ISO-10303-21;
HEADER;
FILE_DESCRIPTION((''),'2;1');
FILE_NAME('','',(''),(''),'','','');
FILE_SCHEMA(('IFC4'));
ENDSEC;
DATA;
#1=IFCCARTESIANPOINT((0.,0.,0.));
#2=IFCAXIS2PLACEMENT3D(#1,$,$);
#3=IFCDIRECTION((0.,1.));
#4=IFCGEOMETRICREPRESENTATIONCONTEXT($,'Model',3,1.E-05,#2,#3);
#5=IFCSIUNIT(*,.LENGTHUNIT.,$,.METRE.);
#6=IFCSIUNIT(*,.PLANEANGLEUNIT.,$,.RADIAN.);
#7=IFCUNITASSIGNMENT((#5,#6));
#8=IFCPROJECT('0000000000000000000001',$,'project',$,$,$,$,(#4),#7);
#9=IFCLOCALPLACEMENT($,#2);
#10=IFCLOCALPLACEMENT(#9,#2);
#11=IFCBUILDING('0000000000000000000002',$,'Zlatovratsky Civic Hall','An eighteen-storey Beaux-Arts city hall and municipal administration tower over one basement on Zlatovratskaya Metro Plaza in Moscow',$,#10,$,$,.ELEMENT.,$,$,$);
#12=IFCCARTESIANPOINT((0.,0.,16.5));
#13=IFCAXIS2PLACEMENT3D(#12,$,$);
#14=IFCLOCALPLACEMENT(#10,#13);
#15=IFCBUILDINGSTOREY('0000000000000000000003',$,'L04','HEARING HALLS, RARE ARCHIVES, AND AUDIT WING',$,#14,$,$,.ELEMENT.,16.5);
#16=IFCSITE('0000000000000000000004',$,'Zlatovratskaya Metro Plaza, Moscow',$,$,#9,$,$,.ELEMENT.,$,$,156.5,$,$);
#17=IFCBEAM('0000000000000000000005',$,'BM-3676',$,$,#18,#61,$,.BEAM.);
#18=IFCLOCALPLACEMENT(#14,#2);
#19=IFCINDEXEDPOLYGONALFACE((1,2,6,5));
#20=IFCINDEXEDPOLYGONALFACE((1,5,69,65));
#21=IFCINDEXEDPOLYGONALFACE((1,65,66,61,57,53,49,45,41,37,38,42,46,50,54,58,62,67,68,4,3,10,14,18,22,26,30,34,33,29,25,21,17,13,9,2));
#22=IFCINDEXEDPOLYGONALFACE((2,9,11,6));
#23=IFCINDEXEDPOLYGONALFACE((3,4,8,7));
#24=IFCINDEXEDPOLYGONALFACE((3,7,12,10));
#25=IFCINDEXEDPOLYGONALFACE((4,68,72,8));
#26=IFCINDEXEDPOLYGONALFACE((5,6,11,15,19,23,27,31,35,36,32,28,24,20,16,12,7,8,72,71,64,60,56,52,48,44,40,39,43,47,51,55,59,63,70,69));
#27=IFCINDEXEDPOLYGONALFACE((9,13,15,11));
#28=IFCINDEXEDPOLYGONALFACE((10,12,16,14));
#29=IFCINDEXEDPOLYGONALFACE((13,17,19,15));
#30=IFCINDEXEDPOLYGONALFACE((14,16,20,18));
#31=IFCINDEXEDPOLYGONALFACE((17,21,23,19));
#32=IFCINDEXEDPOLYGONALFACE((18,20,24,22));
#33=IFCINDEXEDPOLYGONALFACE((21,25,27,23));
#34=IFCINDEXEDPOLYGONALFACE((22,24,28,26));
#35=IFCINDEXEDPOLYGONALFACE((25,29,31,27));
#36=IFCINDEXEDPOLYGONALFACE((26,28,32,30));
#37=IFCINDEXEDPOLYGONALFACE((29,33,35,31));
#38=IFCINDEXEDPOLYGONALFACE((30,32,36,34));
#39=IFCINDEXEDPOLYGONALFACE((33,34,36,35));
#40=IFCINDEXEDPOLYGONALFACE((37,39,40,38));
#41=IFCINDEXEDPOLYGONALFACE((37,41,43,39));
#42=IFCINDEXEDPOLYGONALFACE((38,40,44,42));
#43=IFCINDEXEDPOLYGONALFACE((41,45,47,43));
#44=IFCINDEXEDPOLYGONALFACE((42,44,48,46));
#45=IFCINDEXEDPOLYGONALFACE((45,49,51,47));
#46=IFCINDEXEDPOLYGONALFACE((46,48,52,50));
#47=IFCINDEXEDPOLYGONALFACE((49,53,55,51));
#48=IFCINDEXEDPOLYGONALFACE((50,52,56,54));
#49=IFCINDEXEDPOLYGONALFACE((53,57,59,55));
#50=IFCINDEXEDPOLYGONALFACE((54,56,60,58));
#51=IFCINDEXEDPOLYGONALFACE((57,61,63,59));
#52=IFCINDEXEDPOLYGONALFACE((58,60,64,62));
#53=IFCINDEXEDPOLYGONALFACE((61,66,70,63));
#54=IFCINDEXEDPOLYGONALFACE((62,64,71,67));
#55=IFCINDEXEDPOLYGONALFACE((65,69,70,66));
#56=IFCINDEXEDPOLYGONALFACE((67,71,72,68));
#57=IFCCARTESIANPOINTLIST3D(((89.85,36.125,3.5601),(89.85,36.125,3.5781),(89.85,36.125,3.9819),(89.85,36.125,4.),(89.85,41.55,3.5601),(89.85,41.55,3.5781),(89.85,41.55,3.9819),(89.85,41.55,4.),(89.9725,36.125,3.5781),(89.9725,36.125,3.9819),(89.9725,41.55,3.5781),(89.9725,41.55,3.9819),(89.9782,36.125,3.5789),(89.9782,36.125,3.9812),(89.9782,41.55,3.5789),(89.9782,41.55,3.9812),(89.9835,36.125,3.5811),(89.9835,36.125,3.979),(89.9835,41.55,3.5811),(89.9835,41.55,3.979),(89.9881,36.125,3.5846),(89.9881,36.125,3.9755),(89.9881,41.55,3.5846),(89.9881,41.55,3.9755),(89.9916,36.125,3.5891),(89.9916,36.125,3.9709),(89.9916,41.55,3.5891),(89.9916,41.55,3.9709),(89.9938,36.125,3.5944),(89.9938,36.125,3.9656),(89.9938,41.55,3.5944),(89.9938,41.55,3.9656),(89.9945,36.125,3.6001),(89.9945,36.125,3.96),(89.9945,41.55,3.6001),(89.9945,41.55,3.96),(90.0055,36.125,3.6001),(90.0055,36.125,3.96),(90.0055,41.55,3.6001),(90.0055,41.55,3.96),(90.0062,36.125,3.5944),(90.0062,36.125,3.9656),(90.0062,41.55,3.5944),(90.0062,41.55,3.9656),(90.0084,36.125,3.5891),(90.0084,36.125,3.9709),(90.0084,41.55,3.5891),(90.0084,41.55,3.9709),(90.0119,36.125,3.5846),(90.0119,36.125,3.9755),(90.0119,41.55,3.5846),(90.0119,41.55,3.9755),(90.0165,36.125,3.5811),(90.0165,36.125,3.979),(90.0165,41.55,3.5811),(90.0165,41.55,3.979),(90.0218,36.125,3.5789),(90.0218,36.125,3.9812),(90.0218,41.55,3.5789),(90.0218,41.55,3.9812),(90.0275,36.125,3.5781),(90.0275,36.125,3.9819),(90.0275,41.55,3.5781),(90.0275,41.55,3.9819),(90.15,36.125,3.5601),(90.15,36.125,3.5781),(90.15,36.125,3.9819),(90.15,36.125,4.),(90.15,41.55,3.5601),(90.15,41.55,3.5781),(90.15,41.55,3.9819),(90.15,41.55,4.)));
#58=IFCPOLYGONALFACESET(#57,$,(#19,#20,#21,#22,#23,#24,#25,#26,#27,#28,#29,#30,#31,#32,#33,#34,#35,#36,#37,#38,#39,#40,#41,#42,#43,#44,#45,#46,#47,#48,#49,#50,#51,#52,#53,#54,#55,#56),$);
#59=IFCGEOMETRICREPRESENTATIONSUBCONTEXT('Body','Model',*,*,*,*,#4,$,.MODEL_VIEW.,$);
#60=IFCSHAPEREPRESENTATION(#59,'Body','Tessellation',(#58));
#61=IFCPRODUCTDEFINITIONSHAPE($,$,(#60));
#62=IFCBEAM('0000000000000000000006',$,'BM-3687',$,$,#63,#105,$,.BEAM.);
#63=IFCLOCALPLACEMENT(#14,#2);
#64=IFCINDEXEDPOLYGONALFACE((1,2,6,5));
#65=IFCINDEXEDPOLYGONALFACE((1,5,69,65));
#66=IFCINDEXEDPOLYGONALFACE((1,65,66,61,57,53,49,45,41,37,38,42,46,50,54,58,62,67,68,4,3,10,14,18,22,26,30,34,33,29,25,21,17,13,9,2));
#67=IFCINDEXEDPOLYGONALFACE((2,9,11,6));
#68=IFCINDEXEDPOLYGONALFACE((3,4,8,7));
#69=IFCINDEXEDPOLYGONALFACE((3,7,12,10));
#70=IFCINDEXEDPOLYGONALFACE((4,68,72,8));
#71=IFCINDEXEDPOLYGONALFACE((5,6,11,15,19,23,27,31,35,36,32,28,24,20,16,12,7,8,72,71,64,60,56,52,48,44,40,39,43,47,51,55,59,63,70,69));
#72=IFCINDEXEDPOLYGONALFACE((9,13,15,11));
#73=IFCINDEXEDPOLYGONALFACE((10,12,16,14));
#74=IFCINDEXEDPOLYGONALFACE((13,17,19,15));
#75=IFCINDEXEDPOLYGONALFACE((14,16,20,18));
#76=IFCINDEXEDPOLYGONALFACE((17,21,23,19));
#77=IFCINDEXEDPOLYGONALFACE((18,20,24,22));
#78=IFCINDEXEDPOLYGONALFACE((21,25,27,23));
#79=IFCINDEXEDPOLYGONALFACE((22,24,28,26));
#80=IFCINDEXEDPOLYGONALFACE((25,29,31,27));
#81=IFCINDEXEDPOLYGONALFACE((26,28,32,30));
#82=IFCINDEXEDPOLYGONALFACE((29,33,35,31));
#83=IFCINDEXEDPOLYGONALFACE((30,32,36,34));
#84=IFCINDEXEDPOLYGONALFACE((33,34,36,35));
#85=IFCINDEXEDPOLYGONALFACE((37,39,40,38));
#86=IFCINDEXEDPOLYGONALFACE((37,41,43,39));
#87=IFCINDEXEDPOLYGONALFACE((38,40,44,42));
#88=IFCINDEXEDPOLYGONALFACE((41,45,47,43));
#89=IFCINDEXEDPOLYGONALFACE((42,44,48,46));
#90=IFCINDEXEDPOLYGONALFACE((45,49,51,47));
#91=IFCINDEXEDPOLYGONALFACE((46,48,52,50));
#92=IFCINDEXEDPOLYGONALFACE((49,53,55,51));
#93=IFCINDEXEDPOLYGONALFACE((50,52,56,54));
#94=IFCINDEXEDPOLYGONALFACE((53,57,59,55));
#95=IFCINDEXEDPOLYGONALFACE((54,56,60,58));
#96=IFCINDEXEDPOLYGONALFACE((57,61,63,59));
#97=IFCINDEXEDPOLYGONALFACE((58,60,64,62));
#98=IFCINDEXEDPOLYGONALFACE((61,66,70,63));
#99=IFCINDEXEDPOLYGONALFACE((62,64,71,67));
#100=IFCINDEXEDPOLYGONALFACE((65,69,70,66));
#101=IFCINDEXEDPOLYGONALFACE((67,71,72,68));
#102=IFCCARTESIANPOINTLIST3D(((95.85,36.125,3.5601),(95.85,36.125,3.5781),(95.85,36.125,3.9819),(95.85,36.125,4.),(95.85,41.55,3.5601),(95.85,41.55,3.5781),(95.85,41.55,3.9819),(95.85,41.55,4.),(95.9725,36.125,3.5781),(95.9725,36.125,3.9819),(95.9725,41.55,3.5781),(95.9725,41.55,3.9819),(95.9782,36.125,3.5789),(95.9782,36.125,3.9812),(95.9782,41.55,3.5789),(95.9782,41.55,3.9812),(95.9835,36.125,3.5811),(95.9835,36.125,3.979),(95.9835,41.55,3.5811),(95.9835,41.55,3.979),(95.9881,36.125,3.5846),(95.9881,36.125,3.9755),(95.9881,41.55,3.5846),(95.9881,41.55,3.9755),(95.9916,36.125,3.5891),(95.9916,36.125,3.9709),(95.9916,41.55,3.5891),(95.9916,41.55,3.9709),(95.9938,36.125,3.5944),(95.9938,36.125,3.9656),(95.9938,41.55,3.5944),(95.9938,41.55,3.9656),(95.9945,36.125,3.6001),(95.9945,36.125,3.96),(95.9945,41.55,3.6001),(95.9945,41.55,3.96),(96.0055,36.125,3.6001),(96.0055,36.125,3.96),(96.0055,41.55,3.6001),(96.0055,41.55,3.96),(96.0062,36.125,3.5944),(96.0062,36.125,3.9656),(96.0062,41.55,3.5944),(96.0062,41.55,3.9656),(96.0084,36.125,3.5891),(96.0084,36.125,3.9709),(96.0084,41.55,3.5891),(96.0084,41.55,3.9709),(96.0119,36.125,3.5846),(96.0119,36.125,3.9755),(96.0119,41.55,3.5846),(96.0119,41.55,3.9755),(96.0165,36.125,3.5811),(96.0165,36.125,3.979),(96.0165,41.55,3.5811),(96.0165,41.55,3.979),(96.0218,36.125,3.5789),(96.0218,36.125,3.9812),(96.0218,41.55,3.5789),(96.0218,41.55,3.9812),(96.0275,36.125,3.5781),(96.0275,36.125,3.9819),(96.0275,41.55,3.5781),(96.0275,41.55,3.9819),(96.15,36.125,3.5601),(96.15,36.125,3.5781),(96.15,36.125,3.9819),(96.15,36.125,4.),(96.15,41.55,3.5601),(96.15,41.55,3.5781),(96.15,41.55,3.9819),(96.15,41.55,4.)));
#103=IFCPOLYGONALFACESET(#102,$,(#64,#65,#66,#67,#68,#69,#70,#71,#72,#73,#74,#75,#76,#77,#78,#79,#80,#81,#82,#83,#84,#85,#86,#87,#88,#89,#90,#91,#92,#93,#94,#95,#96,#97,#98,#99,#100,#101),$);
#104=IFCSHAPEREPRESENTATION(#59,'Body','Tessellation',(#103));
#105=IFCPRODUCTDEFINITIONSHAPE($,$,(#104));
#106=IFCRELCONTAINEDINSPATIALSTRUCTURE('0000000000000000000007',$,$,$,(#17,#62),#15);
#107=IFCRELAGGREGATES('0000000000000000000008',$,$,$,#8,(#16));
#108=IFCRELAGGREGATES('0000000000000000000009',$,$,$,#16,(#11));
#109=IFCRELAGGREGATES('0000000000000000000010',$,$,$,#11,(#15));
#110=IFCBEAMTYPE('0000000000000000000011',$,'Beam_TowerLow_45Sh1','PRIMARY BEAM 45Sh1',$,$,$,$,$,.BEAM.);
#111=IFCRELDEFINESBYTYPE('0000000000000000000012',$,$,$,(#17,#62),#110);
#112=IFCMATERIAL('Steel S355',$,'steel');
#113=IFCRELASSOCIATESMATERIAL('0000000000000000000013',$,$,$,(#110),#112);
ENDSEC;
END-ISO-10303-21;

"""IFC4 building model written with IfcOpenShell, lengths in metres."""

from ifc_helpers import new_model, si_unit, direction, frame, origin, origin_2d, place, context, subcontext, project, spatial, i_section, extrude, material, material_profile, profile_set, type_object, element, save


model = new_model("IFC4")

# Units and contexts
model_context = context("Model", 3, precision=1e-05, world=origin(), true_north=direction((0.0, 1.0)))
body_context = subcontext(model_context, "Body", "Model", "MODEL_VIEW")
ifc_project = project(units=[si_unit("LENGTHUNIT", "METRE"), si_unit("PLANEANGLEUNIT", "RADIAN")], contexts=[model_context])

# Site, building, storey
site_placement = place(None, origin())
site = spatial("IfcSite", under=ifc_project, at=site_placement, Name="Zlatovratskaya Metro Plaza, Moscow", CompositionType="ELEMENT", RefElevation=156.5)
building_placement = place(site_placement, origin())
building = spatial("IfcBuilding", under=site, at=building_placement, Name="Zlatovratsky Civic Hall", Description="An eighteen-storey Beaux-Arts city hall and municipal administration tower over one basement on Zlatovratskaya Metro Plaza in Moscow", CompositionType="ELEMENT")
storey_placement = place(building_placement, frame((0.0, 0.0, 16.5)))
storey = spatial("IfcBuildingStorey", under=building, at=storey_placement, Name="L04", Description="HEARING HALLS, RARE ARCHIVES, AND AUDIT WING", CompositionType="ELEMENT", Elevation=16.5)

# Shared definitions
ifc_material_1 = material(Name="Steel S355", Category="steel")

# Beams
ifc_material_profile_1 = material_profile(ifc_material_1, i_section(OverallWidth=0.3, OverallDepth=0.4399, WebThickness=0.011, FlangeThickness=0.0181, FilletRadius=0.022, at=origin_2d()), Name="45Sh1")
ifc_profile_set_1 = profile_set([ifc_material_profile_1], Name="Steel S355")
beam_type_1 = type_object("IfcBeamType", Name="Beam_TowerLow_45Sh1", Description="PRIMARY BEAM 45Sh1", PredefinedType="BEAM", material=ifc_profile_set_1)
for number, where, z_axis, x_axis, name in (
    (1, (90.0, 36.125, 3.78), (0.0, 1.0, 0.0), (-1.0, 0.0, 0.0), "BM-3676"),
    (2, (96.0, 36.125, 3.78), (0.0, 1.0, 0.0), (-1.0, 0.0, 0.0), "BM-3687"),
):
    element("IfcBeam", number, at=place(storey_placement, frame(where, z_axis=z_axis, x_axis=x_axis)), inside=storey, type_object=beam_type_1, Name=name, PredefinedType="BEAM", context=body_context, shape_type="SweptSolid", body=[
        extrude(i_section(OverallWidth=0.3, OverallDepth=0.4399, WebThickness=0.011, FlangeThickness=0.0181, FilletRadius=0.022, at=origin_2d()), origin(), (0.0, 0.0, 1.0), 5.425),
    ])

save(model, "model.ifc")
